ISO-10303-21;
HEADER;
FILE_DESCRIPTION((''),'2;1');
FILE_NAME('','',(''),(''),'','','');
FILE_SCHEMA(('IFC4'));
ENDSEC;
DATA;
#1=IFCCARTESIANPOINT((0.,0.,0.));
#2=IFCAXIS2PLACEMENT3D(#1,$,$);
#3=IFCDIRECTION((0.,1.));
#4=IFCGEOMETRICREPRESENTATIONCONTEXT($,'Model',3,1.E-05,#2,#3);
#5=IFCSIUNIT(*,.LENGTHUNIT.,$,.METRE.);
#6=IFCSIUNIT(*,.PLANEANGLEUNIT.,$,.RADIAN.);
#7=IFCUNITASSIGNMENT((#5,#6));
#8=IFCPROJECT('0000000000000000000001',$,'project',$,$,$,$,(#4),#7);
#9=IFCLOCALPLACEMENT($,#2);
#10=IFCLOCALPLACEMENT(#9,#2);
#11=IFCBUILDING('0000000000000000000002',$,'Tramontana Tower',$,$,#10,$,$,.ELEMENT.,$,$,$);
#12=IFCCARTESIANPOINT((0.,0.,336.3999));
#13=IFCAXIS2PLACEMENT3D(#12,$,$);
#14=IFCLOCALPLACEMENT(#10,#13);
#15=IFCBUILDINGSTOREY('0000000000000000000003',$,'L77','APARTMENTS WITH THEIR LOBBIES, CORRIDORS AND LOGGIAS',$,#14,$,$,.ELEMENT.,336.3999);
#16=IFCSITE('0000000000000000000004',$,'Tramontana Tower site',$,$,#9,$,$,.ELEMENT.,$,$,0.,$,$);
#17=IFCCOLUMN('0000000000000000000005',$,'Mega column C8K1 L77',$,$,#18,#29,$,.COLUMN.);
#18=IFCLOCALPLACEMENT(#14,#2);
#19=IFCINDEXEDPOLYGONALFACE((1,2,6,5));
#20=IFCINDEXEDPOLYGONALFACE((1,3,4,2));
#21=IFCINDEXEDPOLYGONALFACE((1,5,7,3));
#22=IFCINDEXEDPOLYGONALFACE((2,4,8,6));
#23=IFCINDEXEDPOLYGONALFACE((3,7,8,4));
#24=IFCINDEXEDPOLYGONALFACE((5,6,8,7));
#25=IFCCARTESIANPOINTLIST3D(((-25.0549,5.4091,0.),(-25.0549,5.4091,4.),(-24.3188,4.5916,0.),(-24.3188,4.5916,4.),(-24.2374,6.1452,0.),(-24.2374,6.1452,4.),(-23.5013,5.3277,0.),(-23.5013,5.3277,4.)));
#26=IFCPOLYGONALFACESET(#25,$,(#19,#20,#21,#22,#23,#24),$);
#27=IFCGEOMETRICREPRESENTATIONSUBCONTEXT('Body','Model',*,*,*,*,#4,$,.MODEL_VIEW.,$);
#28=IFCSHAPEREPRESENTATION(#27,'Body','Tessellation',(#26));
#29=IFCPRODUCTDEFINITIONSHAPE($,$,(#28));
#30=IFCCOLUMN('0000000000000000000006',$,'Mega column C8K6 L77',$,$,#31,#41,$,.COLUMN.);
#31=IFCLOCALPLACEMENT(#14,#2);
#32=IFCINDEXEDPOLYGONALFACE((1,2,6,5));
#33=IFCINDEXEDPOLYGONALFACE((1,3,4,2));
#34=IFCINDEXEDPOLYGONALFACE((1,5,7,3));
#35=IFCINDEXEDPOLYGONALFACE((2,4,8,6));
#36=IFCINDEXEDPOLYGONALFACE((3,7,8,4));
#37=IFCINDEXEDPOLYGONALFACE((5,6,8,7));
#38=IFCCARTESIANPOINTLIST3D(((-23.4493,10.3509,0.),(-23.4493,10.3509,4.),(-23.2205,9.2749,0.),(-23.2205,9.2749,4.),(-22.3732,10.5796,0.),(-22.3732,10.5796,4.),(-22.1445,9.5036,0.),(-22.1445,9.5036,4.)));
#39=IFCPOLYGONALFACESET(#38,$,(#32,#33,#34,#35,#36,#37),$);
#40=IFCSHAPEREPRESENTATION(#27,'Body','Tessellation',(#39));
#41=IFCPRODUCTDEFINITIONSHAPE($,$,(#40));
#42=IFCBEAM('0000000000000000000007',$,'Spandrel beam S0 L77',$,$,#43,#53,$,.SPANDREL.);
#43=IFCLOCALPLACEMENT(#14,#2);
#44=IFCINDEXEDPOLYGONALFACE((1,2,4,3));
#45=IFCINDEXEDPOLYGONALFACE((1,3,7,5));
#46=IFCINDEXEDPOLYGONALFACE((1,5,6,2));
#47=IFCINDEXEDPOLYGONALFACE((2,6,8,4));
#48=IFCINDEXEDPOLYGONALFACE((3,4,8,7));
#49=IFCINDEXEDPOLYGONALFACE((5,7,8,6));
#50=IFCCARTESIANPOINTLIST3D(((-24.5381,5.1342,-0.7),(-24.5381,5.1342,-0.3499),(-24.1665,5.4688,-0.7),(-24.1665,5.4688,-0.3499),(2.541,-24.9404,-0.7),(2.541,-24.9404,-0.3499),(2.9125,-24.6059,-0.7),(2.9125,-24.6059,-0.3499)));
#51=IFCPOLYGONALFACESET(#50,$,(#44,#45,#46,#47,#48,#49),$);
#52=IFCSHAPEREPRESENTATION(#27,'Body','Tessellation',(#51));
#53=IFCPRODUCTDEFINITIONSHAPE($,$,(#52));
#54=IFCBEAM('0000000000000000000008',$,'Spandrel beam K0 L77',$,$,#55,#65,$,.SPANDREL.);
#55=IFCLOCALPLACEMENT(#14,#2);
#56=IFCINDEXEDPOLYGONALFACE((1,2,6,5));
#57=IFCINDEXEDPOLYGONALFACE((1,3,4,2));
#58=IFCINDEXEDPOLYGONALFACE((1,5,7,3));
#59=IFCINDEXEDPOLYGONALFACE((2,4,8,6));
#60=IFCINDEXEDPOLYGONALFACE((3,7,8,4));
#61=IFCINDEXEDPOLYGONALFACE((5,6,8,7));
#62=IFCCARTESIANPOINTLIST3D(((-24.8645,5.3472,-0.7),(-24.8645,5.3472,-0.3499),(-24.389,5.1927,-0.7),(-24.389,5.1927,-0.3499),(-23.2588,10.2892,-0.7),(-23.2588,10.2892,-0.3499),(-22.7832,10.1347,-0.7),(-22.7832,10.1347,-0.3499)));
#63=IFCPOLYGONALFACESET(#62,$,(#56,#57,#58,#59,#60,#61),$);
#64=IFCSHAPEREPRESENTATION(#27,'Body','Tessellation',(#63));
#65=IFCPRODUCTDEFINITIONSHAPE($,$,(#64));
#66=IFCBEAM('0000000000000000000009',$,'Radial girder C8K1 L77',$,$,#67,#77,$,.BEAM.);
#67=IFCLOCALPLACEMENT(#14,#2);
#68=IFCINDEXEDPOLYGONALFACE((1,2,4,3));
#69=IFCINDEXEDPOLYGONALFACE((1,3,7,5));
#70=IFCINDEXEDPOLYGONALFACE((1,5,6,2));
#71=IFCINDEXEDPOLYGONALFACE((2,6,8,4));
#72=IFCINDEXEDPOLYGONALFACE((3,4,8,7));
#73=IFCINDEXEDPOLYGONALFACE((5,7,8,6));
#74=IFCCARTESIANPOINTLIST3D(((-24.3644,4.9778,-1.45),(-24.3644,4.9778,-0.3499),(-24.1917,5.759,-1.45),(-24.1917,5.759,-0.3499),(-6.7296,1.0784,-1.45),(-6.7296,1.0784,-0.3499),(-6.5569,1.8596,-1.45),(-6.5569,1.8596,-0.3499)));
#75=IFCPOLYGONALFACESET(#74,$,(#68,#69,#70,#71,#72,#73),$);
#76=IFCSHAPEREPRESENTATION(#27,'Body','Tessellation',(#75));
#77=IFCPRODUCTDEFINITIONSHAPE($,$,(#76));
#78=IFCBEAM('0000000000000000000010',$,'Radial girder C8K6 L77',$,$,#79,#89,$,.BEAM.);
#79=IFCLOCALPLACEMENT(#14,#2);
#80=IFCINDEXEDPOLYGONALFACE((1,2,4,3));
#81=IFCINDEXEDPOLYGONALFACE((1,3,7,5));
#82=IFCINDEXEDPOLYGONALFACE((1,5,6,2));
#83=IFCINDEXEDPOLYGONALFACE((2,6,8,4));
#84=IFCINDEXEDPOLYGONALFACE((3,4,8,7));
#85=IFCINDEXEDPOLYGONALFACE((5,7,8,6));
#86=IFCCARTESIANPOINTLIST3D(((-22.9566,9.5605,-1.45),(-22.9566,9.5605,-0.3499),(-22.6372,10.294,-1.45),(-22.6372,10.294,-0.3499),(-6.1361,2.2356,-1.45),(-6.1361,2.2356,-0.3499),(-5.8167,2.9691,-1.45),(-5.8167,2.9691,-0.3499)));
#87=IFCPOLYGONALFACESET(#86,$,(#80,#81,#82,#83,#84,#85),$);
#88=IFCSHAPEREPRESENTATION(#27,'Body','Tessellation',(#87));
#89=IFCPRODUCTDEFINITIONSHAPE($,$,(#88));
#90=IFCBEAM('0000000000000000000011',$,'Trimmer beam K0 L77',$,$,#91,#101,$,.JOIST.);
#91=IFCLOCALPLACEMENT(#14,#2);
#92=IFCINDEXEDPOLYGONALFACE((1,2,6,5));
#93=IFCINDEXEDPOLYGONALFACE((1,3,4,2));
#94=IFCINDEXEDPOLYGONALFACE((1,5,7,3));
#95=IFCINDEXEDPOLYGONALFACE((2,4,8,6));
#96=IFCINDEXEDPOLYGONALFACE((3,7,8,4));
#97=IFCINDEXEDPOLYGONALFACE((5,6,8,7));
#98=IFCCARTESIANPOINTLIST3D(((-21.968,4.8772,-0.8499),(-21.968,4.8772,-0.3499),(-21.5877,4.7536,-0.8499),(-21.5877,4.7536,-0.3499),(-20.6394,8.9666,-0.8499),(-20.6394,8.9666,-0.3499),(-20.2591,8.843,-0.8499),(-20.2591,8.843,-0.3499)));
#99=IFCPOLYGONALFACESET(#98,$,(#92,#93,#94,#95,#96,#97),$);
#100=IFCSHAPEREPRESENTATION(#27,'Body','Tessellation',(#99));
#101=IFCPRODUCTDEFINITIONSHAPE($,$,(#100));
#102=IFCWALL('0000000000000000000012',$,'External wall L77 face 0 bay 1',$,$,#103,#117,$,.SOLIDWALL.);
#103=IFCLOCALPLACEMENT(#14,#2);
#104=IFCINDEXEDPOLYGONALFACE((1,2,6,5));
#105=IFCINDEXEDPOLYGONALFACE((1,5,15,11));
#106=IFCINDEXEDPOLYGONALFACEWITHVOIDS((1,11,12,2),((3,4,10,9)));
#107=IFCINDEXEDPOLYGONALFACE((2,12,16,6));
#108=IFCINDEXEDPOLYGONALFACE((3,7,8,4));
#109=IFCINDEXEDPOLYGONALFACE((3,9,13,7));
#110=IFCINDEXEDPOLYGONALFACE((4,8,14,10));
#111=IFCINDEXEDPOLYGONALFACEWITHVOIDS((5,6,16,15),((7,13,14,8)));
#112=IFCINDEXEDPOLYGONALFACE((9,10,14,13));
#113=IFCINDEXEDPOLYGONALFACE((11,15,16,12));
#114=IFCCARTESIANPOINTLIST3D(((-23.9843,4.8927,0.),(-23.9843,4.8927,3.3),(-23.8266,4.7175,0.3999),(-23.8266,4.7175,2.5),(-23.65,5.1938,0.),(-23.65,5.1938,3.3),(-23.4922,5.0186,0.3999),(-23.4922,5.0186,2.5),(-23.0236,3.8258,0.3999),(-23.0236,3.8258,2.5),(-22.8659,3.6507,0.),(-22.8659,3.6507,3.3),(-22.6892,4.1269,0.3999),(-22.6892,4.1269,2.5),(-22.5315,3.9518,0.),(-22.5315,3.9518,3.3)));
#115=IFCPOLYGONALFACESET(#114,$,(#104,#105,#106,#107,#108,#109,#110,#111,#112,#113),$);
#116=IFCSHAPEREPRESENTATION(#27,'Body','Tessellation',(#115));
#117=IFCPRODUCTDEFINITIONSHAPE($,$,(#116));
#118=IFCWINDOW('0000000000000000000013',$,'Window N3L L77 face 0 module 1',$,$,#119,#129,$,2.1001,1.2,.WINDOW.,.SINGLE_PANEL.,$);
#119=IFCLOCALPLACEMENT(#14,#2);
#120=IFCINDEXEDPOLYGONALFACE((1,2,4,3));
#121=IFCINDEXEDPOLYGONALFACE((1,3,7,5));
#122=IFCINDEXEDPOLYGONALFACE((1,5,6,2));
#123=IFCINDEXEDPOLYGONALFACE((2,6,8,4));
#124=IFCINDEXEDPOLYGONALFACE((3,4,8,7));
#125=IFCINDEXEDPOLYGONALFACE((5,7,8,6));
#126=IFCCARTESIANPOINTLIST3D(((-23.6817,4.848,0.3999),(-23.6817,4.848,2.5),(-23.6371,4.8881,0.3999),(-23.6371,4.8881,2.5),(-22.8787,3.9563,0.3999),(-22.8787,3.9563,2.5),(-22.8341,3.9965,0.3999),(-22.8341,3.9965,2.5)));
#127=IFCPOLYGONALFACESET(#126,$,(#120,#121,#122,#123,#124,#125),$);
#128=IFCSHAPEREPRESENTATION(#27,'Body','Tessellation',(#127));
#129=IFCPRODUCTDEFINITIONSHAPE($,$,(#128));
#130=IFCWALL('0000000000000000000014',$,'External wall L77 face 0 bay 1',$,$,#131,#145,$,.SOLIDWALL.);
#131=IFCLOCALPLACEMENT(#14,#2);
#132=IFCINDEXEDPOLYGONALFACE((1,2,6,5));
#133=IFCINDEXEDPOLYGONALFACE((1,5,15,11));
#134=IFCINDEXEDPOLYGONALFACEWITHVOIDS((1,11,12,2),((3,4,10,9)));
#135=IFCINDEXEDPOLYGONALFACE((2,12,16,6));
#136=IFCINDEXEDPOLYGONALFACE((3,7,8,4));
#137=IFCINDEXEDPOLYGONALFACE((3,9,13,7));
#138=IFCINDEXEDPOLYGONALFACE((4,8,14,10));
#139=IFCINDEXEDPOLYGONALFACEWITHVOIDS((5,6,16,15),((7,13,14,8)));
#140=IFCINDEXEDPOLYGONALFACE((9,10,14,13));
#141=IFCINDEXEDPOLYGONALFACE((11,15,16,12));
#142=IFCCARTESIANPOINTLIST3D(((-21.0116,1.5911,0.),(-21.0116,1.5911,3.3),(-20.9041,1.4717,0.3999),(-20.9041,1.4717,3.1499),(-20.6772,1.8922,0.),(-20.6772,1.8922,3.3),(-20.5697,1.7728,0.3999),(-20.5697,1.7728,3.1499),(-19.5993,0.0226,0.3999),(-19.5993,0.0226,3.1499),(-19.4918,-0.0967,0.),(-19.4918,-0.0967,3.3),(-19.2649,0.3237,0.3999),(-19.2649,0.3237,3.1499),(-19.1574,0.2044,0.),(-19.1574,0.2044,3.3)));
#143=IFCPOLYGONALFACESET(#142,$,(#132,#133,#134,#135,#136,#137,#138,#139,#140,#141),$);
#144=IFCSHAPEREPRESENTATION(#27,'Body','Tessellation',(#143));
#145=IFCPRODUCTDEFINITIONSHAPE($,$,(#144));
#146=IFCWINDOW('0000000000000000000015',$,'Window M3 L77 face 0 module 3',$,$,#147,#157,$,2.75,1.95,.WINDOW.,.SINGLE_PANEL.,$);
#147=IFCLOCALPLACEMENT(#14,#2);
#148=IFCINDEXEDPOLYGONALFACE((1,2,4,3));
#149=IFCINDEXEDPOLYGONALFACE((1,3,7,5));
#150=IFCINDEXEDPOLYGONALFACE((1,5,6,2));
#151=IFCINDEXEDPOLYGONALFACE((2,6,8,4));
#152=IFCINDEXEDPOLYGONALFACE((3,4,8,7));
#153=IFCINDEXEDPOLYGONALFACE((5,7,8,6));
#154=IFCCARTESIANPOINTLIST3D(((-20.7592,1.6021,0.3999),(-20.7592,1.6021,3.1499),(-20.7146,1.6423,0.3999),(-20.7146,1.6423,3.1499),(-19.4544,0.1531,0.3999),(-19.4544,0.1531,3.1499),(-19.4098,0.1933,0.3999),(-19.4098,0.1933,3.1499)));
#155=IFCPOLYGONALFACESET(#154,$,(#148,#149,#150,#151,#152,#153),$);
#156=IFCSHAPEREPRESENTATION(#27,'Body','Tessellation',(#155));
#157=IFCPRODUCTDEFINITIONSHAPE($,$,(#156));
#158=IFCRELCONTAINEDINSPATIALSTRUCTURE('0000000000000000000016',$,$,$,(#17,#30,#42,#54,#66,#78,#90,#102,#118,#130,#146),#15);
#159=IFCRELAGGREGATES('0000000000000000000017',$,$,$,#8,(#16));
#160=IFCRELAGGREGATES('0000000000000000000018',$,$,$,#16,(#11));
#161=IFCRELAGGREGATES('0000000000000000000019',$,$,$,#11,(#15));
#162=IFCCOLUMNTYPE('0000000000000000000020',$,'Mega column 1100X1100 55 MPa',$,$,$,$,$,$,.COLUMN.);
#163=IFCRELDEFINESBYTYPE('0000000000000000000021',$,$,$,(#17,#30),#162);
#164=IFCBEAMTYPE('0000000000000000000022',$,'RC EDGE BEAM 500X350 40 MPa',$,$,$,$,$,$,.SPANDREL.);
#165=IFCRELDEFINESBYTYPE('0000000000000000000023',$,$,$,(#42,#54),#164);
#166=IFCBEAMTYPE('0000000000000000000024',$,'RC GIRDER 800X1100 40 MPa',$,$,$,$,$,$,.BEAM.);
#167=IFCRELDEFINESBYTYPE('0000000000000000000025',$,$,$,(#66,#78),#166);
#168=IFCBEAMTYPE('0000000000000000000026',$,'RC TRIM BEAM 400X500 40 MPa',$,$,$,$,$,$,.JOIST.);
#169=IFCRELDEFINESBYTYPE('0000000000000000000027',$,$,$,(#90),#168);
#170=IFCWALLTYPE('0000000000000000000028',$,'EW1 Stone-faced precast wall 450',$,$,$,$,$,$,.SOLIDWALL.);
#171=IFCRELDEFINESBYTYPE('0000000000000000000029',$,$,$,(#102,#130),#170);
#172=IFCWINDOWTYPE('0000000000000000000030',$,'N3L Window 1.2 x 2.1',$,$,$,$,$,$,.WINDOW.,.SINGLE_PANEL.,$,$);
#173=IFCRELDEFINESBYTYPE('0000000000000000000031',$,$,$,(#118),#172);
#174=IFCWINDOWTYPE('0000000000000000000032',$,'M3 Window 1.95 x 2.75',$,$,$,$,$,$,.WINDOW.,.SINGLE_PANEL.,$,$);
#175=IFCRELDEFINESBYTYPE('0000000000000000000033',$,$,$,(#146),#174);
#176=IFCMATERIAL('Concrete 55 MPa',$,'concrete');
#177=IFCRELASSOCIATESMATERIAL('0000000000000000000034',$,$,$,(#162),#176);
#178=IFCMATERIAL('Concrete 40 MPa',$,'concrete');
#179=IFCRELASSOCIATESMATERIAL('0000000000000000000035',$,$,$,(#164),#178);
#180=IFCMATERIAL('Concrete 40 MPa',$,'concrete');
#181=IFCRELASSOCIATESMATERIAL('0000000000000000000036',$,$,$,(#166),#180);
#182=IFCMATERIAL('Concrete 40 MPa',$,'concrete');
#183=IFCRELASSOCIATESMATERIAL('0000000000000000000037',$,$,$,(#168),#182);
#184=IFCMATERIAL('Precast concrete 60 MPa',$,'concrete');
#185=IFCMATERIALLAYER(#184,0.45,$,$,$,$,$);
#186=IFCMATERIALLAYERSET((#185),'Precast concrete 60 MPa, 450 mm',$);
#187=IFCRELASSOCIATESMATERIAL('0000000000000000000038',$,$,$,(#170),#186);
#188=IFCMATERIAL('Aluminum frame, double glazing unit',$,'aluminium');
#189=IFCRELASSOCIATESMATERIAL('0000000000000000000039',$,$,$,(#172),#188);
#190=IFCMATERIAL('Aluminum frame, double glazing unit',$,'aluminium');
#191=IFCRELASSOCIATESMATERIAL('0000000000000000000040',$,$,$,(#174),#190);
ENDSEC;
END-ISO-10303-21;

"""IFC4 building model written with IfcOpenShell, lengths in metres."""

from ifc_helpers import new_model, si_unit, direction, frame, frame_2d, origin, origin_2d, place, context, subcontext, project, spatial, rectangle, extrude, material, layer, layer_set, material_profile, profile_set, type_object, element, fill, save


model = new_model("IFC4")

# Units and contexts
model_context = context("Model", 3, precision=1e-05, world=origin(), true_north=direction((0.0, 1.0)))
body_context = subcontext(model_context, "Body", "Model", "MODEL_VIEW")
ifc_project = project(units=[si_unit("LENGTHUNIT", "METRE"), si_unit("PLANEANGLEUNIT", "RADIAN")], contexts=[model_context])

# Site, building, storey
site_placement = place(None, origin())
site = spatial("IfcSite", under=ifc_project, at=site_placement, Name="Tramontana Tower site", CompositionType="ELEMENT", RefElevation=0.0)
building_placement = place(site_placement, origin())
building = spatial("IfcBuilding", under=site, at=building_placement, Name="Tramontana Tower", CompositionType="ELEMENT")
storey_placement = place(building_placement, frame((0.0, 0.0, 336.3999)))
storey = spatial("IfcBuildingStorey", under=building, at=storey_placement, Name="L77", Description="APARTMENTS WITH THEIR LOBBIES, CORRIDORS AND LOGGIAS", CompositionType="ELEMENT", Elevation=336.3999)

# Columns
ifc_material_1 = material(Name="Concrete 55 MPa", Category="concrete")
ifc_material_profile_1 = material_profile(ifc_material_1, rectangle(XDim=1.1001, YDim=1.1001, at=origin_2d()), Name="Mega column 1100X1100 55 MPa")
ifc_profile_set_1 = profile_set([ifc_material_profile_1], Name="Concrete 55 MPa")
column_type = type_object("IfcColumnType", Name="Mega column 1100X1100 55 MPa", PredefinedType="COLUMN", material=ifc_profile_set_1)
for number, where, z_axis, x_axis, name in (
    (1, (-24.2781, 5.3684, 0.0), (0.0, 0.0, 1.0), (0.669131, -0.743145, 0.0), "Mega column C8K1 L77"),
    (2, (-22.7969, 9.9272, 0.0), (0.0, 0.0, 1.0), (-0.978148, -0.207912, 0.0), "Mega column C8K6 L77"),
):
    element("IfcColumn", number, at=place(storey_placement, frame(where, z_axis=z_axis, x_axis=x_axis)), inside=storey, type_object=column_type, Name=name, PredefinedType="COLUMN", context=body_context, shape_type="SweptSolid", body=[
        extrude(rectangle(XDim=1.1001, YDim=1.1001, at=origin_2d()), origin(), (0.0, 0.0, 1.0), 4.0),
    ])

# Beams
ifc_material_2 = material(Name="Concrete 40 MPa", Category="concrete")
ifc_material_profile_2 = material_profile(ifc_material_2, rectangle(XDim=0.5, YDim=0.3501, at=origin_2d()), Name="RC EDGE BEAM 500X350 40 MPa")
ifc_profile_set_2 = profile_set([ifc_material_profile_2], Name="Concrete 40 MPa")
beam_type_1 = type_object("IfcBeamType", Name="RC EDGE BEAM 500X350 40 MPa", PredefinedType="SPANDREL", material=ifc_profile_set_2)
beam_1_placement = place(storey_placement, frame((-24.3523, 5.3015, -0.5249), z_axis=(0.669127, -0.743148, 0.0), x_axis=(0.743148, 0.669127, 0.0)))
element("IfcBeam", 3, at=beam_1_placement, inside=storey, type_object=beam_type_1, Name="Spandrel beam S0 L77", PredefinedType="SPANDREL", context=body_context, shape_type="SweptSolid", body=[
    extrude(rectangle(XDim=0.5, YDim=0.3501, at=origin_2d()), origin(), (0.0, 0.0, 1.0), 40.4692),
])
beam_2_placement = place(storey_placement, frame((-23.021, 10.2119, -0.5249), z_axis=(-0.309016, -0.951057, 0.0), x_axis=(0.951057, -0.309016, 0.0)))
element("IfcBeam", 4, at=beam_2_placement, inside=storey, type_object=beam_type_1, Name="Spandrel beam K0 L77", PredefinedType="SPANDREL", context=body_context, shape_type="SweptSolid", body=[
    extrude(rectangle(XDim=0.5, YDim=0.3501, at=origin_2d()), origin(), (0.0, 0.0, 1.0), 5.1963),
])
ifc_material_3 = material(Name="Concrete 40 MPa", Category="concrete")
ifc_material_profile_3 = material_profile(ifc_material_3, rectangle(XDim=0.8, YDim=1.1001, at=origin_2d()), Name="RC GIRDER 800X1100 40 MPa")
ifc_profile_set_3 = profile_set([ifc_material_profile_3], Name="Concrete 40 MPa")
beam_type_2 = type_object("IfcBeamType", Name="RC GIRDER 800X1100 40 MPa", PredefinedType="BEAM", material=ifc_profile_set_3)
beam_3_placement = place(storey_placement, frame((-24.2781, 5.3684, -0.8999), z_axis=(0.976414, -0.215906, 0.0), x_axis=(0.215906, 0.976414, 0.0)))
element("IfcBeam", 5, at=beam_3_placement, inside=storey, type_object=beam_type_2, Name="Radial girder C8K1 L77", PredefinedType="BEAM", context=body_context, shape_type="SweptSolid", body=[
    extrude(rectangle(XDim=0.8, YDim=1.1001, at=origin_2d()), origin(), (0.0, 0.0, 1.0), 18.0608),
])
beam_4_placement = place(storey_placement, frame((-22.7969, 9.9272, -0.8999), z_axis=(0.916837, -0.399261, 0.0), x_axis=(0.399261, 0.916837, 0.0)))
element("IfcBeam", 6, at=beam_4_placement, inside=storey, type_object=beam_type_2, Name="Radial girder C8K6 L77", PredefinedType="BEAM", context=body_context, shape_type="SweptSolid", body=[
    extrude(rectangle(XDim=0.8, YDim=1.1001, at=origin_2d()), origin(), (0.0, 0.0, 1.0), 18.3462),
])
ifc_material_4 = material(Name="Concrete 40 MPa", Category="concrete")
ifc_material_profile_4 = material_profile(ifc_material_4, rectangle(XDim=0.3999, YDim=0.5, at=origin_2d()), Name="RC TRIM BEAM 400X500 40 MPa")
ifc_profile_set_4 = profile_set([ifc_material_profile_4], Name="Concrete 40 MPa")
beam_type_3 = type_object("IfcBeamType", Name="RC TRIM BEAM 400X500 40 MPa", PredefinedType="JOIST", material=ifc_profile_set_4)
beam_5_placement = place(storey_placement, frame((-20.4492, 8.9048, -0.5999), z_axis=(-0.308996, -0.951063, 0.0), x_axis=(0.951063, -0.308996, 0.0)))
element("IfcBeam", 7, at=beam_5_placement, inside=storey, type_object=beam_type_3, Name="Trimmer beam K0 L77", PredefinedType="JOIST", context=body_context, shape_type="SweptSolid", body=[
    extrude(rectangle(XDim=0.3999, YDim=0.5, at=origin_2d()), origin(), (0.0, 0.0, 1.0), 4.2998),
])

# Walls, openings, windows
ifc_material_5 = material(Name="Precast concrete 60 MPa", Category="concrete")
ifc_layer_1 = layer(ifc_material_5, 0.45)
ifc_layer_set_1 = layer_set([ifc_layer_1], Name="Precast concrete 60 MPa, 450 mm")
wall_type_1 = type_object("IfcWallType", Name="EW1 Stone-faced precast wall 450", PredefinedType="SOLIDWALL", material=ifc_layer_set_1)
wall_1_placement = place(storey_placement, frame((-23.8171, 5.0432, 0.0), z_axis=(0.0, 0.0, 1.0), x_axis=(0.669183, -0.743098, 0.0)))
wall_1 = element("IfcWall", 8, at=wall_1_placement, inside=storey, type_object=wall_type_1, Name="External wall L77 face 0 bay 1", PredefinedType="SOLIDWALL", context=body_context, shape_type="SweptSolid", body=[
    extrude(rectangle(XDim=1.6714, YDim=0.45, at=frame_2d((0.8357, 0.0))), origin(), (0.0, 0.0, 1.0), 3.3),
])
opening_1_placement = place(wall_1_placement, frame((0.2356, 0.0, 0.3999)))
opening_1 = element("IfcOpeningElement", 9, at=opening_1_placement, cuts=wall_1, PredefinedType="OPENING", context=body_context, shape_type="SweptSolid", body=[
    extrude(rectangle(XDim=1.2, YDim=2.1001, at=frame_2d((0.6001, 1.05))), frame((0.0, 0.2349, 0.0), z_axis=(0.0, -1.0, 0.0), x_axis=(1.0, 0.0, 0.0)), (0.0, 0.0, 1.0), 0.47),
])
ifc_material_6 = material(Name="Aluminum frame, double glazing unit", Category="aluminium")
window_type_1 = type_object("IfcWindowType", Name="N3L Window 1.2 x 2.1", PartitioningType="SINGLE_PANEL", PredefinedType="WINDOW", material=ifc_material_6)
window_1_placement = place(opening_1_placement, origin())
window_1 = element("IfcWindow", 10, at=window_1_placement, inside=storey, type_object=window_type_1, Name="Window N3L L77 face 0 module 1", OverallHeight=2.1001, OverallWidth=1.2, PartitioningType="SINGLE_PANEL", PredefinedType="WINDOW", context=body_context, shape_type="SweptSolid", body=[
    extrude(rectangle(XDim=1.2, YDim=2.1001, at=frame_2d((0.6001, 1.05))), frame((0.0, 0.03, 0.0), z_axis=(0.0, -1.0, 0.0), x_axis=(1.0, 0.0, 0.0)), (0.0, 0.0, 1.0), 0.0601),
])
fill(opening_1, window_1)
wall_2_placement = place(storey_placement, frame((-20.8445, 1.7417, 0.0), z_axis=(0.0, 0.0, 1.0), x_axis=(0.669161, -0.743118, 0.0)))
wall_2 = element("IfcWall", 11, at=wall_2_placement, inside=storey, type_object=wall_type_1, Name="External wall L77 face 0 bay 1", PredefinedType="SOLIDWALL", context=body_context, shape_type="SweptSolid", body=[
    extrude(rectangle(XDim=2.2712, YDim=0.45, at=frame_2d((1.1357, 0.0))), origin(), (0.0, 0.0, 1.0), 3.3),
])
opening_2_placement = place(wall_2_placement, frame((0.1606, 0.0, 0.3999)))
opening_2 = element("IfcOpeningElement", 12, at=opening_2_placement, cuts=wall_2, PredefinedType="OPENING", context=body_context, shape_type="SweptSolid", body=[
    extrude(rectangle(XDim=1.95, YDim=2.75, at=frame_2d((0.9751, 1.375))), frame((0.0, 0.2349, 0.0), z_axis=(0.0, -1.0, 0.0), x_axis=(1.0, 0.0, 0.0)), (0.0, 0.0, 1.0), 0.47),
])
ifc_material_7 = material(Name="Aluminum frame, double glazing unit", Category="aluminium")
window_type_2 = type_object("IfcWindowType", Name="M3 Window 1.95 x 2.75", PartitioningType="SINGLE_PANEL", PredefinedType="WINDOW", material=ifc_material_7)
window_2_placement = place(opening_2_placement, origin())
window_2 = element("IfcWindow", 13, at=window_2_placement, inside=storey, type_object=window_type_2, Name="Window M3 L77 face 0 module 3", OverallHeight=2.75, OverallWidth=1.95, PartitioningType="SINGLE_PANEL", PredefinedType="WINDOW", context=body_context, shape_type="SweptSolid", body=[
    extrude(rectangle(XDim=1.95, YDim=2.75, at=frame_2d((0.9751, 1.375))), frame((0.0, 0.03, 0.0), z_axis=(0.0, -1.0, 0.0), x_axis=(1.0, 0.0, 0.0)), (0.0, 0.0, 1.0), 0.0601),
])
fill(opening_2, window_2)

save(model, "model.ifc")
